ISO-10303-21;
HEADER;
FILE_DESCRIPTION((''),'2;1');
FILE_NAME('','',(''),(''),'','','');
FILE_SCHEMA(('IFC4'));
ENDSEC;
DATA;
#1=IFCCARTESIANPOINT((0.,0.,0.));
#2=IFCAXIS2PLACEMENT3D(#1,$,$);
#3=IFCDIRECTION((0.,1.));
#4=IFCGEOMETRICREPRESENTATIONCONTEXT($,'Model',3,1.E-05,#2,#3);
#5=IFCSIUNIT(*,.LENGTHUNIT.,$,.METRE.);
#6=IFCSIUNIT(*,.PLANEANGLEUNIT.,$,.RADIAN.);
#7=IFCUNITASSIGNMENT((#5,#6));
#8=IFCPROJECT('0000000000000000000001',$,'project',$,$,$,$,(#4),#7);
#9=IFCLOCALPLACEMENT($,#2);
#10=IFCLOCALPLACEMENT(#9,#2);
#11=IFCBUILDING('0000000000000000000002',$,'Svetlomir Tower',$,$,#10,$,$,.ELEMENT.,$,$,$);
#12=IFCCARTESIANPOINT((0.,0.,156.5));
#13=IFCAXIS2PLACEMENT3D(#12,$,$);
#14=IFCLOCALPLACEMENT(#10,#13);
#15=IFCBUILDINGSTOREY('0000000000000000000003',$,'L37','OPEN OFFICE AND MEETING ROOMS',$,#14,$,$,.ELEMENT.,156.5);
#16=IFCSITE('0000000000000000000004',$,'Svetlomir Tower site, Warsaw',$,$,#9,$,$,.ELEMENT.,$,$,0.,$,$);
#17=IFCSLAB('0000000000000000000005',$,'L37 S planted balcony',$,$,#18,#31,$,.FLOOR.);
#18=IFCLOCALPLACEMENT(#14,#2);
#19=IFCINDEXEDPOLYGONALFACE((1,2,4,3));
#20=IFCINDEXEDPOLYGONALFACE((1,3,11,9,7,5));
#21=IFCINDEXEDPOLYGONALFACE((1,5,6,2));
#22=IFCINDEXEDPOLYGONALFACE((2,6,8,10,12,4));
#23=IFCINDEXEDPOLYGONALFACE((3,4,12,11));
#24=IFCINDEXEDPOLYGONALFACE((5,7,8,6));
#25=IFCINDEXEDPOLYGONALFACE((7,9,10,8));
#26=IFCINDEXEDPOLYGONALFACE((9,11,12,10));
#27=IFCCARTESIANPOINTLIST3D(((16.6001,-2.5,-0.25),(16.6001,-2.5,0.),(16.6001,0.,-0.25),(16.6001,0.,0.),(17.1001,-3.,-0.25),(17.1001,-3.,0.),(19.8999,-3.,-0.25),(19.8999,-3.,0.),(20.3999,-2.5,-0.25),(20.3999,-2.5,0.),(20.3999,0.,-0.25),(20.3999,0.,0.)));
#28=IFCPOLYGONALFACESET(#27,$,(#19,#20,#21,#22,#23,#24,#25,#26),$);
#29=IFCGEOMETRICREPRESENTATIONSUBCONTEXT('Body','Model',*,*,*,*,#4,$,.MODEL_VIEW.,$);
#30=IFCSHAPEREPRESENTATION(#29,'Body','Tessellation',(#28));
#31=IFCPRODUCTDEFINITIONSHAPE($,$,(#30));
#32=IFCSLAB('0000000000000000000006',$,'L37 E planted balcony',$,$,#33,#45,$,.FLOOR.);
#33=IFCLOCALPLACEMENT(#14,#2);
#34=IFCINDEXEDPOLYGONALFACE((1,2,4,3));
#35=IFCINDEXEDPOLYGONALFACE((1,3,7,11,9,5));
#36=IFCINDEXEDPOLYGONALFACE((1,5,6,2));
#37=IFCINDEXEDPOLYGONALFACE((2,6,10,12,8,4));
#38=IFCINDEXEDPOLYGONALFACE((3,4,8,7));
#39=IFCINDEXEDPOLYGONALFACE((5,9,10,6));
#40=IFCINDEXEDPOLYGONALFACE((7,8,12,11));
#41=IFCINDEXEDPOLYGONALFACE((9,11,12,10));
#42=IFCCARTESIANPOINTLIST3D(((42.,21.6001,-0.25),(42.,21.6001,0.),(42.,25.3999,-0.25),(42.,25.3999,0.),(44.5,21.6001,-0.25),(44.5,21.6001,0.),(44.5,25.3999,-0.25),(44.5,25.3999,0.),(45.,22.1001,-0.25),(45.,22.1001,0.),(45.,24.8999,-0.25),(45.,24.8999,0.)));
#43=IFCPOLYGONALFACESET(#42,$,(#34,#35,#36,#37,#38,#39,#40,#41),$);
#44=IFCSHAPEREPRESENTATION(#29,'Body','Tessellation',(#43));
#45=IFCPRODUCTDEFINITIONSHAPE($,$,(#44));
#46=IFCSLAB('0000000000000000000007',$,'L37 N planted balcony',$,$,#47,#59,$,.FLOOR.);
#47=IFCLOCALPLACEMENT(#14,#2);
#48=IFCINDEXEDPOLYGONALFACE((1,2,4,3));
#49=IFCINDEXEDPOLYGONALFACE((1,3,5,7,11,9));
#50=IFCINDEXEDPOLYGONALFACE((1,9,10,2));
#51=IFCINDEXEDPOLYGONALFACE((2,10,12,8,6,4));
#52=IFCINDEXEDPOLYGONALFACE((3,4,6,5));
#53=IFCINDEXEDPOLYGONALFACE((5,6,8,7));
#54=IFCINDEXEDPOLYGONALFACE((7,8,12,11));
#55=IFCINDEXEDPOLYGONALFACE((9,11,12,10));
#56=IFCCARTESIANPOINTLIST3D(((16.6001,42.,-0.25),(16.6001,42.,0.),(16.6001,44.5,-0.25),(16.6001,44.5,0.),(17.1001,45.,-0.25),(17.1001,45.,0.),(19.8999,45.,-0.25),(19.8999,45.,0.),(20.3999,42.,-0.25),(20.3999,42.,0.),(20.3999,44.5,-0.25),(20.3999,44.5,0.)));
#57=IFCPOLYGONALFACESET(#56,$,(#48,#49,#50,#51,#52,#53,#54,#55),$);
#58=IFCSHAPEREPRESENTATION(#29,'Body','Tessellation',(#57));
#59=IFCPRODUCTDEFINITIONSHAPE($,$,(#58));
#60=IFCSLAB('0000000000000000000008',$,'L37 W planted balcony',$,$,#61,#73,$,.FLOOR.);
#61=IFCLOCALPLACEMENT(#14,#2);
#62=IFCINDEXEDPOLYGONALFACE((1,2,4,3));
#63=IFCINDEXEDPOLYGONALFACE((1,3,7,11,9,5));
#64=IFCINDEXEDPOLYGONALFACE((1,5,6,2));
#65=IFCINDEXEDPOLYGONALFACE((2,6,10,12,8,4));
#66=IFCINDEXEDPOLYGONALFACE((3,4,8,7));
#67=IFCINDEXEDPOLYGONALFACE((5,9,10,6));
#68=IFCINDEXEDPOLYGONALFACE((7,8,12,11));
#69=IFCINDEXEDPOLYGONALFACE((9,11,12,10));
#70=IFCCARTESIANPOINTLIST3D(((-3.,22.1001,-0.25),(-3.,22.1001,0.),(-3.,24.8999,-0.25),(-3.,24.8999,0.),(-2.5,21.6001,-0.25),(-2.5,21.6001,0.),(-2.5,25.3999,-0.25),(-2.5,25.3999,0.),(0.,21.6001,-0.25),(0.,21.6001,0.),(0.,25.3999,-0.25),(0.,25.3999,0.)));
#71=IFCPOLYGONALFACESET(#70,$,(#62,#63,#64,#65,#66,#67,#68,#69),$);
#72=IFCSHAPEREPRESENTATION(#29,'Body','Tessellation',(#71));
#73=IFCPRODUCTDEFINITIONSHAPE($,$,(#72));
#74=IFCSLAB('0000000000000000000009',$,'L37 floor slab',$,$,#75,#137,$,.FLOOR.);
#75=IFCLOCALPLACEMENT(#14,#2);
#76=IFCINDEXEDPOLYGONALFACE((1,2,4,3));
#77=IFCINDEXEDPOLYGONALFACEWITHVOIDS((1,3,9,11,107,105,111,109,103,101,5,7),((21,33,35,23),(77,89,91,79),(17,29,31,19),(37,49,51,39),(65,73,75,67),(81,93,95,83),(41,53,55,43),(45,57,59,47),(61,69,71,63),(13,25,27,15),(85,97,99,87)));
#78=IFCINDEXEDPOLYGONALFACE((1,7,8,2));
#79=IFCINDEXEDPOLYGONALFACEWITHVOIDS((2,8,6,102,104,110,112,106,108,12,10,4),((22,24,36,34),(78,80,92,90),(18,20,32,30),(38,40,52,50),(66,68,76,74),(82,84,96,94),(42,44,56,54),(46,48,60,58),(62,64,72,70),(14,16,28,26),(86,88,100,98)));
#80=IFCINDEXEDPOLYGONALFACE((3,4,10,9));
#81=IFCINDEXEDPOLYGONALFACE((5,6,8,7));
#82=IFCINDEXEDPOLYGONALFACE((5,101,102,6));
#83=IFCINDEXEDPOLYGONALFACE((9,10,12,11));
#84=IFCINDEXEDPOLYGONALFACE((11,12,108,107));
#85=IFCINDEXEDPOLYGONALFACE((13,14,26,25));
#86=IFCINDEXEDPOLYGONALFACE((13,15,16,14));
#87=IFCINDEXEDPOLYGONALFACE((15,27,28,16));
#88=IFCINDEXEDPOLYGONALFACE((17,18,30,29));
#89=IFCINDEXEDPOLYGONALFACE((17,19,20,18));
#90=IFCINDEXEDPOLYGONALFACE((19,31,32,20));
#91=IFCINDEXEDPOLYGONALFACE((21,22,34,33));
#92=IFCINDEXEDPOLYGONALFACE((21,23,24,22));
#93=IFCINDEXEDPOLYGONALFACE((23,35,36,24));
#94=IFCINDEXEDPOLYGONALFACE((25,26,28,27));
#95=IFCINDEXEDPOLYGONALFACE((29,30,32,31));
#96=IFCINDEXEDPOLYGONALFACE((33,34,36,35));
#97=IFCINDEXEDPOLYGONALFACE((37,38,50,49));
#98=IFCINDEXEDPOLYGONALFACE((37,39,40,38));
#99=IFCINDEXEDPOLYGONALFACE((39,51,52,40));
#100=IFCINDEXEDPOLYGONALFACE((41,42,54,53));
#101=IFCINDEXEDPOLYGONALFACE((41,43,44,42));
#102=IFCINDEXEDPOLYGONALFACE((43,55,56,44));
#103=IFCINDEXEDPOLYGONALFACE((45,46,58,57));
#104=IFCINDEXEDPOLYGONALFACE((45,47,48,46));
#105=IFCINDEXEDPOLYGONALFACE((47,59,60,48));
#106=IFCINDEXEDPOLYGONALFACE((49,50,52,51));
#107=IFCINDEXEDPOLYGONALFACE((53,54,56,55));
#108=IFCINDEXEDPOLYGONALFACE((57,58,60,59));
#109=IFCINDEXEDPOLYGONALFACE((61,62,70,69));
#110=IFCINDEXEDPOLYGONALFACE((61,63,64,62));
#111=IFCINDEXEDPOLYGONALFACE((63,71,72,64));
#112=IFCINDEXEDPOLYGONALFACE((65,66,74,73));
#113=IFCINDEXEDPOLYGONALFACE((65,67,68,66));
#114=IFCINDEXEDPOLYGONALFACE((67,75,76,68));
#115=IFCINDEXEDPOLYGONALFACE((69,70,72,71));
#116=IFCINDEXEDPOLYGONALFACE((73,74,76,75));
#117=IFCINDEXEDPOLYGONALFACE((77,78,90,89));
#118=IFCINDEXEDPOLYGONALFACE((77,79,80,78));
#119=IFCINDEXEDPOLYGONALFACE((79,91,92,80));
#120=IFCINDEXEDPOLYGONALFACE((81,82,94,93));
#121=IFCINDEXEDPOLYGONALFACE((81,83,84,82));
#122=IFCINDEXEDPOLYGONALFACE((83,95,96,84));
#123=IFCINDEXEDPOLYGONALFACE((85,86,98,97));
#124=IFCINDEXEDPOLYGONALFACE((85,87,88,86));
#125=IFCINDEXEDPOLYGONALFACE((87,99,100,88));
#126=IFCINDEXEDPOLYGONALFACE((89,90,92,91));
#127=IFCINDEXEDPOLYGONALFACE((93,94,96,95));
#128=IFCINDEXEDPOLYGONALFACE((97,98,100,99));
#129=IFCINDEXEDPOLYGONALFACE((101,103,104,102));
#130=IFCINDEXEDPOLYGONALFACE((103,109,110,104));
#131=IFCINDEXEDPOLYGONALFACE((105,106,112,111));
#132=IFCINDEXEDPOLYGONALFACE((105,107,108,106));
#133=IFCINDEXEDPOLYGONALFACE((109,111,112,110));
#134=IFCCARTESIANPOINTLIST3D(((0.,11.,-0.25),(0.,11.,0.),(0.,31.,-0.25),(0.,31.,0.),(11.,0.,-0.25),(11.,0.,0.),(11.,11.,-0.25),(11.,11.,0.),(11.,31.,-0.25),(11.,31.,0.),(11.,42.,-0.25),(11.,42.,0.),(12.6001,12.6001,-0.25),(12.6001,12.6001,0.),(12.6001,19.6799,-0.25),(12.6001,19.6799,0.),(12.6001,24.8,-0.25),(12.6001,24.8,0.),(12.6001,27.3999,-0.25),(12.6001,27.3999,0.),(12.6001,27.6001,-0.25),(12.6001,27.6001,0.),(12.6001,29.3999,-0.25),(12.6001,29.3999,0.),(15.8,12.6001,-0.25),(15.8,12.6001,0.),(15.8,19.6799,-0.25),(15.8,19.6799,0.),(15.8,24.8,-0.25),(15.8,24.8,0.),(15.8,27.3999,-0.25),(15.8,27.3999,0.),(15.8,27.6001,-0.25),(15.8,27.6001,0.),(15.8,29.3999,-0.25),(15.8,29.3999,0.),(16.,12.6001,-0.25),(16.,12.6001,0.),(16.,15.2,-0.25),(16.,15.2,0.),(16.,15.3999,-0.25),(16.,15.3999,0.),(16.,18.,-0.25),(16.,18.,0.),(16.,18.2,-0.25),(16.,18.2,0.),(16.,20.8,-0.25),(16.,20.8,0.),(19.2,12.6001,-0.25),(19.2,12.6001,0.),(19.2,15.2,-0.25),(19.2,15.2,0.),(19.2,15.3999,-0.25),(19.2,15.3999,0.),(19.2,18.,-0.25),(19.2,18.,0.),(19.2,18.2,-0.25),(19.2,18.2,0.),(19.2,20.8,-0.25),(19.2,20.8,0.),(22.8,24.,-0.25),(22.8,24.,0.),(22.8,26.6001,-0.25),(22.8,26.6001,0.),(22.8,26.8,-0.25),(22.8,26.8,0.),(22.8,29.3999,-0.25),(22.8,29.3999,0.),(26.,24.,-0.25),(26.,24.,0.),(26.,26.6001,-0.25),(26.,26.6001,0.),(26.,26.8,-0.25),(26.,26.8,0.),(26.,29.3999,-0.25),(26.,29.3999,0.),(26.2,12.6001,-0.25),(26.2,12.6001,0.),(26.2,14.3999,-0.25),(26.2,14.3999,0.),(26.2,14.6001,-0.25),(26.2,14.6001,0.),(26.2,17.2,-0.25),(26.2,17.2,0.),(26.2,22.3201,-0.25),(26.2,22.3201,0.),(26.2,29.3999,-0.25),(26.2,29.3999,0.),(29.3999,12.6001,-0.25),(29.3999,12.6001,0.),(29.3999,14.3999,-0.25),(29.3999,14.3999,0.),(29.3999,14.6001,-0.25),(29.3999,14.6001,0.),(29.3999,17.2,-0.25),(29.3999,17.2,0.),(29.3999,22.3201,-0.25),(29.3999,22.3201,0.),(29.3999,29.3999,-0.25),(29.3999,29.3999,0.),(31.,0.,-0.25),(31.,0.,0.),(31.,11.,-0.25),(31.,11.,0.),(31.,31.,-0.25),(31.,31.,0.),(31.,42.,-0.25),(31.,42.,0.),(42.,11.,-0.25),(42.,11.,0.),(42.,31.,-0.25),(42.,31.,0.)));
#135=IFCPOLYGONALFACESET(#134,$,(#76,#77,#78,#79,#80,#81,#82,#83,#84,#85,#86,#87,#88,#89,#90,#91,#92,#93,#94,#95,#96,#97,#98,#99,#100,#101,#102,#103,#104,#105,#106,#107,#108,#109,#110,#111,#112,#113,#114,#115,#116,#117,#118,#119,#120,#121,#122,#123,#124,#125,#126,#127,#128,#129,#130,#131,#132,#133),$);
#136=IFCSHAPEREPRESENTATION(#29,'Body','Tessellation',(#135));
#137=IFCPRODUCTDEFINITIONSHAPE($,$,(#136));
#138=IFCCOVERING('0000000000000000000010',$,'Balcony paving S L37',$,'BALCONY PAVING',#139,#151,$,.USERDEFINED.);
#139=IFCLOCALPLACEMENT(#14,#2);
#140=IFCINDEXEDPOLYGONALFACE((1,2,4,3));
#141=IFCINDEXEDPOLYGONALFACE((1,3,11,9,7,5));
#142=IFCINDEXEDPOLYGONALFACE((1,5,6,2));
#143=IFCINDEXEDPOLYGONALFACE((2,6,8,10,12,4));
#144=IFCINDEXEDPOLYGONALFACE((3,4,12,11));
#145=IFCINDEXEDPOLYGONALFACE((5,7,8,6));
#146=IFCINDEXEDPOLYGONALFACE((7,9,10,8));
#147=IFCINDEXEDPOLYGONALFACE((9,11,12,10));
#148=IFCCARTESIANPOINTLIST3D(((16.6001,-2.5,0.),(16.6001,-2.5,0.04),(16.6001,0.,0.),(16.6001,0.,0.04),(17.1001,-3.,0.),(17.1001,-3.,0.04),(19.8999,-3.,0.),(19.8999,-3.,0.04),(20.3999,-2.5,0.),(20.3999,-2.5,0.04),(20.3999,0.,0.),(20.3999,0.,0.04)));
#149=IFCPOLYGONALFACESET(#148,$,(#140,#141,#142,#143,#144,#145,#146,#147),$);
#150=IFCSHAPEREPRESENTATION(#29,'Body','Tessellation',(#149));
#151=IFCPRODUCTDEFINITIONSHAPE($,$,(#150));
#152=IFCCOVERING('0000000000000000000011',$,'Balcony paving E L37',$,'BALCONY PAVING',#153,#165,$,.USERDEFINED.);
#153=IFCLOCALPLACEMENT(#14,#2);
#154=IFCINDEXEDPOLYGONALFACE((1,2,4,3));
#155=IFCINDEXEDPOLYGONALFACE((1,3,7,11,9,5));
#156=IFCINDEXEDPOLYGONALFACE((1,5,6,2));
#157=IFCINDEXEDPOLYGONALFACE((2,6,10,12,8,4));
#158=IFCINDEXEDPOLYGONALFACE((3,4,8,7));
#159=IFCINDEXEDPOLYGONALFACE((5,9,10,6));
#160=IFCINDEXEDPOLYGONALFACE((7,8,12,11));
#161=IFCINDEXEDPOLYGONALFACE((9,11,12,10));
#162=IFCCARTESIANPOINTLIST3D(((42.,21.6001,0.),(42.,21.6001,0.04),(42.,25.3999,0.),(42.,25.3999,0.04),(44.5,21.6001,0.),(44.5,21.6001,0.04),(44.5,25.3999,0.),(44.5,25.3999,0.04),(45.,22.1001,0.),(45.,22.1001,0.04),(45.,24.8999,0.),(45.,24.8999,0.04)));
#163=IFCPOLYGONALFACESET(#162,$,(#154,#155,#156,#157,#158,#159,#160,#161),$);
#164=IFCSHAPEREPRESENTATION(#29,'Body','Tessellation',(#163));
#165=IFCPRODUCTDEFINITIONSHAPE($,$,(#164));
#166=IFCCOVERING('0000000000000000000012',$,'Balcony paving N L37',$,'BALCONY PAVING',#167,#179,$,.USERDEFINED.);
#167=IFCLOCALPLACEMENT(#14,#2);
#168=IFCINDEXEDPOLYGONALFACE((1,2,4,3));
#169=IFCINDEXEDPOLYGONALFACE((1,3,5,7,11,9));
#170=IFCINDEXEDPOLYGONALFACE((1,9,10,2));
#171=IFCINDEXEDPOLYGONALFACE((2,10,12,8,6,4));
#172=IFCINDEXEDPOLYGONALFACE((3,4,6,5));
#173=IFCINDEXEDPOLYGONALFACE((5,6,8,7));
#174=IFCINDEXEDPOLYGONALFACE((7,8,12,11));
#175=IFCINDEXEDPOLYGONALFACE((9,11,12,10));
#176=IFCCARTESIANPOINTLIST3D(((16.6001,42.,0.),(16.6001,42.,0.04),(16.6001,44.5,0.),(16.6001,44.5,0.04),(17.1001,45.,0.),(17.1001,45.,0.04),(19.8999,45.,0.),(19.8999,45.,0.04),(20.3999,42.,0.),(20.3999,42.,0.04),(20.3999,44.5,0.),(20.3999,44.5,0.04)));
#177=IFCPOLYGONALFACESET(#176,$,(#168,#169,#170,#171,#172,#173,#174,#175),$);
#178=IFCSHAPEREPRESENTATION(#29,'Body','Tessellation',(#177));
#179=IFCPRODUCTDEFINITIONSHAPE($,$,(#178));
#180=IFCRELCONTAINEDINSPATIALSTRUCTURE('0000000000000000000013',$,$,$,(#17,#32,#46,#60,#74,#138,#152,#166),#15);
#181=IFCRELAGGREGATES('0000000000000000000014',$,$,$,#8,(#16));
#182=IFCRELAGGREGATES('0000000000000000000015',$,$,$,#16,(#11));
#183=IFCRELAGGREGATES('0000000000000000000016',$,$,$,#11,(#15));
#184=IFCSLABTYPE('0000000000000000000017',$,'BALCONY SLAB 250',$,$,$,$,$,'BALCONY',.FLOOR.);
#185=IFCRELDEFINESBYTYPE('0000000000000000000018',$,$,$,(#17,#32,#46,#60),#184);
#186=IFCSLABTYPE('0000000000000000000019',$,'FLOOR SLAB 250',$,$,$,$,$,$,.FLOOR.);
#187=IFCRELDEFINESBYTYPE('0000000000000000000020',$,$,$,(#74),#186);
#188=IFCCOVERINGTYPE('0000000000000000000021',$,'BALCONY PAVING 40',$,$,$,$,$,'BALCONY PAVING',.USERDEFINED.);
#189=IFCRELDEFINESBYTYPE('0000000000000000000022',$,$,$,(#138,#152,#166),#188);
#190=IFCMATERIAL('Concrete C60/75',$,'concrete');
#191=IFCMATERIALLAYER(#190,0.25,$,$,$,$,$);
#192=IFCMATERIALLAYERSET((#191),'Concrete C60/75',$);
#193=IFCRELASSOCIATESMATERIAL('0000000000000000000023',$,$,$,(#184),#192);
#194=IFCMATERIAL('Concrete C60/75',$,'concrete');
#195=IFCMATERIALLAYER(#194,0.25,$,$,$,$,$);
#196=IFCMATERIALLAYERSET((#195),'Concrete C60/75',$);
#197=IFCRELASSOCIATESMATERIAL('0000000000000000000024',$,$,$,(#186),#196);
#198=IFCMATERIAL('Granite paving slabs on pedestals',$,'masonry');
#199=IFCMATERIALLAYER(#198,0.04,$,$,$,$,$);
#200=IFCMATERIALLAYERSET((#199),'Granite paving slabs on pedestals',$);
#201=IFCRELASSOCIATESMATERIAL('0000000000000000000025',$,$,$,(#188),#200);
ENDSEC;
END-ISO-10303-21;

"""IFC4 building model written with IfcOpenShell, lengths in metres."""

from ifc_helpers import new_model, si_unit, direction, frame, origin, place, context, subcontext, project, spatial, polyline, outline, extrude, material, layer, layer_set, type_object, element, save


model = new_model("IFC4")

# Units and contexts
model_context = context("Model", 3, precision=1e-05, world=origin(), true_north=direction((0.0, 1.0)))
body_context = subcontext(model_context, "Body", "Model", "MODEL_VIEW")
ifc_project = project(units=[si_unit("LENGTHUNIT", "METRE"), si_unit("PLANEANGLEUNIT", "RADIAN")], contexts=[model_context])

# Site, building, storey
site_placement = place(None, origin())
site = spatial("IfcSite", under=ifc_project, at=site_placement, Name="Svetlomir Tower site, Warsaw", CompositionType="ELEMENT", RefElevation=0.0)
building_placement = place(site_placement, origin())
building = spatial("IfcBuilding", under=site, at=building_placement, Name="Svetlomir Tower", CompositionType="ELEMENT")
storey_placement = place(building_placement, frame((0.0, 0.0, 156.5)))
storey = spatial("IfcBuildingStorey", under=building, at=storey_placement, Name="L37", Description="OPEN OFFICE AND MEETING ROOMS", CompositionType="ELEMENT", Elevation=156.5)

# Slabs
ifc_material_1 = material(Name="Concrete C60/75", Category="concrete")
ifc_layer_1 = layer(ifc_material_1, 0.25)
ifc_layer_set_1 = layer_set([ifc_layer_1], Name="Concrete C60/75")
slab_type_1 = type_object("IfcSlabType", Name="BALCONY SLAB 250", ElementType="BALCONY", PredefinedType="FLOOR", material=ifc_layer_set_1)
slab_1_placement = place(storey_placement, frame((0.0, 0.0, -0.25)))
element("IfcSlab", 1, at=slab_1_placement, inside=storey, type_object=slab_type_1, Name="L37 S planted balcony", PredefinedType="FLOOR", context=body_context, shape_type="SweptSolid", body=[
    extrude(outline(polyline([(16.6001, -2.5), (17.1001, -3.0), (19.8999, -3.0), (20.3999, -2.5), (20.3999, 0.0), (16.6001, 0.0), (16.6001, -2.5)])), origin(), (0.0, 0.0, 1.0), 0.25),
])
slab_2_placement = place(storey_placement, frame((0.0, 0.0, -0.25)))
element("IfcSlab", 2, at=slab_2_placement, inside=storey, type_object=slab_type_1, Name="L37 E planted balcony", PredefinedType="FLOOR", context=body_context, shape_type="SweptSolid", body=[
    extrude(outline(polyline([(42.0, 21.6001), (44.5, 21.6001), (45.0, 22.1001), (45.0, 24.8999), (44.5, 25.3999), (42.0, 25.3999), (42.0, 21.6001)])), origin(), (0.0, 0.0, 1.0), 0.25),
])
slab_3_placement = place(storey_placement, frame((0.0, 0.0, -0.25)))
element("IfcSlab", 3, at=slab_3_placement, inside=storey, type_object=slab_type_1, Name="L37 N planted balcony", PredefinedType="FLOOR", context=body_context, shape_type="SweptSolid", body=[
    extrude(outline(polyline([(16.6001, 42.0), (20.3999, 42.0), (20.3999, 44.5), (19.8999, 45.0), (17.1001, 45.0), (16.6001, 44.5), (16.6001, 42.0)])), origin(), (0.0, 0.0, 1.0), 0.25),
])
slab_4_placement = place(storey_placement, frame((0.0, 0.0, -0.25)))
element("IfcSlab", 4, at=slab_4_placement, inside=storey, type_object=slab_type_1, Name="L37 W planted balcony", PredefinedType="FLOOR", context=body_context, shape_type="SweptSolid", body=[
    extrude(outline(polyline([(-2.5, 21.6001), (0.0, 21.6001), (0.0, 25.3999), (-2.5, 25.3999), (-3.0, 24.8999), (-3.0, 22.1001), (-2.5, 21.6001)])), origin(), (0.0, 0.0, 1.0), 0.25),
])
ifc_material_2 = material(Name="Concrete C60/75", Category="concrete")
ifc_layer_2 = layer(ifc_material_2, 0.25)
ifc_layer_set_2 = layer_set([ifc_layer_2], Name="Concrete C60/75")
slab_type_2 = type_object("IfcSlabType", Name="FLOOR SLAB 250", PredefinedType="FLOOR", material=ifc_layer_set_2)
slab_5_placement = place(storey_placement, frame((0.0, 0.0, -0.25)))
element("IfcSlab", 5, at=slab_5_placement, inside=storey, type_object=slab_type_2, Name="L37 floor slab", PredefinedType="FLOOR", context=body_context, shape_type="SweptSolid", body=[
    extrude(outline(polyline([(11.0, 0.0), (31.0, 0.0), (31.0, 11.0), (42.0, 11.0), (42.0, 31.0), (31.0, 31.0), (31.0, 42.0), (11.0, 42.0), (11.0, 31.0), (0.0, 31.0), (0.0, 11.0), (11.0, 11.0), (11.0, 0.0)]), holes=[polyline([(12.6001, 24.8), (15.8, 24.8), (15.8, 27.3999), (12.6001, 27.3999), (12.6001, 24.8)]), polyline([(26.2, 14.6001), (29.3999, 14.6001), (29.3999, 17.2), (26.2, 17.2), (26.2, 14.6001)]), polyline([(16.0, 12.6001), (19.2, 12.6001), (19.2, 15.2), (16.0, 15.2), (16.0, 12.6001)]), polyline([(16.0, 15.3999), (19.2, 15.3999), (19.2, 18.0), (16.0, 18.0), (16.0, 15.3999)]), polyline([(16.0, 18.2), (19.2, 18.2), (19.2, 20.8), (16.0, 20.8), (16.0, 18.2)]), polyline([(22.8, 24.0), (26.0, 24.0), (26.0, 26.6001), (22.8, 26.6001), (22.8, 24.0)]), polyline([(22.8, 26.8), (26.0, 26.8), (26.0, 29.3999), (22.8, 29.3999), (22.8, 26.8)]), polyline([(12.6001, 27.6001), (15.8, 27.6001), (15.8, 29.3999), (12.6001, 29.3999), (12.6001, 27.6001)]), polyline([(26.2, 12.6001), (29.3999, 12.6001), (29.3999, 14.3999), (26.2, 14.3999), (26.2, 12.6001)]), polyline([(12.6001, 12.6001), (15.8, 12.6001), (15.8, 19.6799), (12.6001, 19.6799), (12.6001, 12.6001)]), polyline([(26.2, 22.3201), (29.3999, 22.3201), (29.3999, 29.3999), (26.2, 29.3999), (26.2, 22.3201)])]), origin(), (0.0, 0.0, 1.0), 0.25),
])

# Coverings
ifc_material_3 = material(Name="Granite paving slabs on pedestals", Category="masonry")
ifc_layer_3 = layer(ifc_material_3, 0.04)
ifc_layer_set_3 = layer_set([ifc_layer_3], Name="Granite paving slabs on pedestals")
covering_type_1 = type_object("IfcCoveringType", Name="BALCONY PAVING 40", ElementType="BALCONY PAVING", PredefinedType="USERDEFINED", material=ifc_layer_set_3)
covering_1_placement = place(storey_placement, origin())
element("IfcCovering", 6, at=covering_1_placement, inside=storey, type_object=covering_type_1, Name="Balcony paving S L37", ObjectType="BALCONY PAVING", PredefinedType="USERDEFINED", context=body_context, shape_type="SweptSolid", body=[
    extrude(outline(polyline([(16.6001, -2.5), (17.1001, -3.0), (19.8999, -3.0), (20.3999, -2.5), (20.3999, 0.0), (16.6001, 0.0), (16.6001, -2.5)])), origin(), (0.0, 0.0, 1.0), 0.04),
])
covering_2_placement = place(storey_placement, origin())
element("IfcCovering", 7, at=covering_2_placement, inside=storey, type_object=covering_type_1, Name="Balcony paving E L37", ObjectType="BALCONY PAVING", PredefinedType="USERDEFINED", context=body_context, shape_type="SweptSolid", body=[
    extrude(outline(polyline([(42.0, 21.6001), (44.5, 21.6001), (45.0, 22.1001), (45.0, 24.8999), (44.5, 25.3999), (42.0, 25.3999), (42.0, 21.6001)])), origin(), (0.0, 0.0, 1.0), 0.04),
])
covering_3_placement = place(storey_placement, origin())
element("IfcCovering", 8, at=covering_3_placement, inside=storey, type_object=covering_type_1, Name="Balcony paving N L37", ObjectType="BALCONY PAVING", PredefinedType="USERDEFINED", context=body_context, shape_type="SweptSolid", body=[
    extrude(outline(polyline([(16.6001, 42.0), (20.3999, 42.0), (20.3999, 44.5), (19.8999, 45.0), (17.1001, 45.0), (16.6001, 44.5), (16.6001, 42.0)])), origin(), (0.0, 0.0, 1.0), 0.04),
])

save(model, "model.ifc")
